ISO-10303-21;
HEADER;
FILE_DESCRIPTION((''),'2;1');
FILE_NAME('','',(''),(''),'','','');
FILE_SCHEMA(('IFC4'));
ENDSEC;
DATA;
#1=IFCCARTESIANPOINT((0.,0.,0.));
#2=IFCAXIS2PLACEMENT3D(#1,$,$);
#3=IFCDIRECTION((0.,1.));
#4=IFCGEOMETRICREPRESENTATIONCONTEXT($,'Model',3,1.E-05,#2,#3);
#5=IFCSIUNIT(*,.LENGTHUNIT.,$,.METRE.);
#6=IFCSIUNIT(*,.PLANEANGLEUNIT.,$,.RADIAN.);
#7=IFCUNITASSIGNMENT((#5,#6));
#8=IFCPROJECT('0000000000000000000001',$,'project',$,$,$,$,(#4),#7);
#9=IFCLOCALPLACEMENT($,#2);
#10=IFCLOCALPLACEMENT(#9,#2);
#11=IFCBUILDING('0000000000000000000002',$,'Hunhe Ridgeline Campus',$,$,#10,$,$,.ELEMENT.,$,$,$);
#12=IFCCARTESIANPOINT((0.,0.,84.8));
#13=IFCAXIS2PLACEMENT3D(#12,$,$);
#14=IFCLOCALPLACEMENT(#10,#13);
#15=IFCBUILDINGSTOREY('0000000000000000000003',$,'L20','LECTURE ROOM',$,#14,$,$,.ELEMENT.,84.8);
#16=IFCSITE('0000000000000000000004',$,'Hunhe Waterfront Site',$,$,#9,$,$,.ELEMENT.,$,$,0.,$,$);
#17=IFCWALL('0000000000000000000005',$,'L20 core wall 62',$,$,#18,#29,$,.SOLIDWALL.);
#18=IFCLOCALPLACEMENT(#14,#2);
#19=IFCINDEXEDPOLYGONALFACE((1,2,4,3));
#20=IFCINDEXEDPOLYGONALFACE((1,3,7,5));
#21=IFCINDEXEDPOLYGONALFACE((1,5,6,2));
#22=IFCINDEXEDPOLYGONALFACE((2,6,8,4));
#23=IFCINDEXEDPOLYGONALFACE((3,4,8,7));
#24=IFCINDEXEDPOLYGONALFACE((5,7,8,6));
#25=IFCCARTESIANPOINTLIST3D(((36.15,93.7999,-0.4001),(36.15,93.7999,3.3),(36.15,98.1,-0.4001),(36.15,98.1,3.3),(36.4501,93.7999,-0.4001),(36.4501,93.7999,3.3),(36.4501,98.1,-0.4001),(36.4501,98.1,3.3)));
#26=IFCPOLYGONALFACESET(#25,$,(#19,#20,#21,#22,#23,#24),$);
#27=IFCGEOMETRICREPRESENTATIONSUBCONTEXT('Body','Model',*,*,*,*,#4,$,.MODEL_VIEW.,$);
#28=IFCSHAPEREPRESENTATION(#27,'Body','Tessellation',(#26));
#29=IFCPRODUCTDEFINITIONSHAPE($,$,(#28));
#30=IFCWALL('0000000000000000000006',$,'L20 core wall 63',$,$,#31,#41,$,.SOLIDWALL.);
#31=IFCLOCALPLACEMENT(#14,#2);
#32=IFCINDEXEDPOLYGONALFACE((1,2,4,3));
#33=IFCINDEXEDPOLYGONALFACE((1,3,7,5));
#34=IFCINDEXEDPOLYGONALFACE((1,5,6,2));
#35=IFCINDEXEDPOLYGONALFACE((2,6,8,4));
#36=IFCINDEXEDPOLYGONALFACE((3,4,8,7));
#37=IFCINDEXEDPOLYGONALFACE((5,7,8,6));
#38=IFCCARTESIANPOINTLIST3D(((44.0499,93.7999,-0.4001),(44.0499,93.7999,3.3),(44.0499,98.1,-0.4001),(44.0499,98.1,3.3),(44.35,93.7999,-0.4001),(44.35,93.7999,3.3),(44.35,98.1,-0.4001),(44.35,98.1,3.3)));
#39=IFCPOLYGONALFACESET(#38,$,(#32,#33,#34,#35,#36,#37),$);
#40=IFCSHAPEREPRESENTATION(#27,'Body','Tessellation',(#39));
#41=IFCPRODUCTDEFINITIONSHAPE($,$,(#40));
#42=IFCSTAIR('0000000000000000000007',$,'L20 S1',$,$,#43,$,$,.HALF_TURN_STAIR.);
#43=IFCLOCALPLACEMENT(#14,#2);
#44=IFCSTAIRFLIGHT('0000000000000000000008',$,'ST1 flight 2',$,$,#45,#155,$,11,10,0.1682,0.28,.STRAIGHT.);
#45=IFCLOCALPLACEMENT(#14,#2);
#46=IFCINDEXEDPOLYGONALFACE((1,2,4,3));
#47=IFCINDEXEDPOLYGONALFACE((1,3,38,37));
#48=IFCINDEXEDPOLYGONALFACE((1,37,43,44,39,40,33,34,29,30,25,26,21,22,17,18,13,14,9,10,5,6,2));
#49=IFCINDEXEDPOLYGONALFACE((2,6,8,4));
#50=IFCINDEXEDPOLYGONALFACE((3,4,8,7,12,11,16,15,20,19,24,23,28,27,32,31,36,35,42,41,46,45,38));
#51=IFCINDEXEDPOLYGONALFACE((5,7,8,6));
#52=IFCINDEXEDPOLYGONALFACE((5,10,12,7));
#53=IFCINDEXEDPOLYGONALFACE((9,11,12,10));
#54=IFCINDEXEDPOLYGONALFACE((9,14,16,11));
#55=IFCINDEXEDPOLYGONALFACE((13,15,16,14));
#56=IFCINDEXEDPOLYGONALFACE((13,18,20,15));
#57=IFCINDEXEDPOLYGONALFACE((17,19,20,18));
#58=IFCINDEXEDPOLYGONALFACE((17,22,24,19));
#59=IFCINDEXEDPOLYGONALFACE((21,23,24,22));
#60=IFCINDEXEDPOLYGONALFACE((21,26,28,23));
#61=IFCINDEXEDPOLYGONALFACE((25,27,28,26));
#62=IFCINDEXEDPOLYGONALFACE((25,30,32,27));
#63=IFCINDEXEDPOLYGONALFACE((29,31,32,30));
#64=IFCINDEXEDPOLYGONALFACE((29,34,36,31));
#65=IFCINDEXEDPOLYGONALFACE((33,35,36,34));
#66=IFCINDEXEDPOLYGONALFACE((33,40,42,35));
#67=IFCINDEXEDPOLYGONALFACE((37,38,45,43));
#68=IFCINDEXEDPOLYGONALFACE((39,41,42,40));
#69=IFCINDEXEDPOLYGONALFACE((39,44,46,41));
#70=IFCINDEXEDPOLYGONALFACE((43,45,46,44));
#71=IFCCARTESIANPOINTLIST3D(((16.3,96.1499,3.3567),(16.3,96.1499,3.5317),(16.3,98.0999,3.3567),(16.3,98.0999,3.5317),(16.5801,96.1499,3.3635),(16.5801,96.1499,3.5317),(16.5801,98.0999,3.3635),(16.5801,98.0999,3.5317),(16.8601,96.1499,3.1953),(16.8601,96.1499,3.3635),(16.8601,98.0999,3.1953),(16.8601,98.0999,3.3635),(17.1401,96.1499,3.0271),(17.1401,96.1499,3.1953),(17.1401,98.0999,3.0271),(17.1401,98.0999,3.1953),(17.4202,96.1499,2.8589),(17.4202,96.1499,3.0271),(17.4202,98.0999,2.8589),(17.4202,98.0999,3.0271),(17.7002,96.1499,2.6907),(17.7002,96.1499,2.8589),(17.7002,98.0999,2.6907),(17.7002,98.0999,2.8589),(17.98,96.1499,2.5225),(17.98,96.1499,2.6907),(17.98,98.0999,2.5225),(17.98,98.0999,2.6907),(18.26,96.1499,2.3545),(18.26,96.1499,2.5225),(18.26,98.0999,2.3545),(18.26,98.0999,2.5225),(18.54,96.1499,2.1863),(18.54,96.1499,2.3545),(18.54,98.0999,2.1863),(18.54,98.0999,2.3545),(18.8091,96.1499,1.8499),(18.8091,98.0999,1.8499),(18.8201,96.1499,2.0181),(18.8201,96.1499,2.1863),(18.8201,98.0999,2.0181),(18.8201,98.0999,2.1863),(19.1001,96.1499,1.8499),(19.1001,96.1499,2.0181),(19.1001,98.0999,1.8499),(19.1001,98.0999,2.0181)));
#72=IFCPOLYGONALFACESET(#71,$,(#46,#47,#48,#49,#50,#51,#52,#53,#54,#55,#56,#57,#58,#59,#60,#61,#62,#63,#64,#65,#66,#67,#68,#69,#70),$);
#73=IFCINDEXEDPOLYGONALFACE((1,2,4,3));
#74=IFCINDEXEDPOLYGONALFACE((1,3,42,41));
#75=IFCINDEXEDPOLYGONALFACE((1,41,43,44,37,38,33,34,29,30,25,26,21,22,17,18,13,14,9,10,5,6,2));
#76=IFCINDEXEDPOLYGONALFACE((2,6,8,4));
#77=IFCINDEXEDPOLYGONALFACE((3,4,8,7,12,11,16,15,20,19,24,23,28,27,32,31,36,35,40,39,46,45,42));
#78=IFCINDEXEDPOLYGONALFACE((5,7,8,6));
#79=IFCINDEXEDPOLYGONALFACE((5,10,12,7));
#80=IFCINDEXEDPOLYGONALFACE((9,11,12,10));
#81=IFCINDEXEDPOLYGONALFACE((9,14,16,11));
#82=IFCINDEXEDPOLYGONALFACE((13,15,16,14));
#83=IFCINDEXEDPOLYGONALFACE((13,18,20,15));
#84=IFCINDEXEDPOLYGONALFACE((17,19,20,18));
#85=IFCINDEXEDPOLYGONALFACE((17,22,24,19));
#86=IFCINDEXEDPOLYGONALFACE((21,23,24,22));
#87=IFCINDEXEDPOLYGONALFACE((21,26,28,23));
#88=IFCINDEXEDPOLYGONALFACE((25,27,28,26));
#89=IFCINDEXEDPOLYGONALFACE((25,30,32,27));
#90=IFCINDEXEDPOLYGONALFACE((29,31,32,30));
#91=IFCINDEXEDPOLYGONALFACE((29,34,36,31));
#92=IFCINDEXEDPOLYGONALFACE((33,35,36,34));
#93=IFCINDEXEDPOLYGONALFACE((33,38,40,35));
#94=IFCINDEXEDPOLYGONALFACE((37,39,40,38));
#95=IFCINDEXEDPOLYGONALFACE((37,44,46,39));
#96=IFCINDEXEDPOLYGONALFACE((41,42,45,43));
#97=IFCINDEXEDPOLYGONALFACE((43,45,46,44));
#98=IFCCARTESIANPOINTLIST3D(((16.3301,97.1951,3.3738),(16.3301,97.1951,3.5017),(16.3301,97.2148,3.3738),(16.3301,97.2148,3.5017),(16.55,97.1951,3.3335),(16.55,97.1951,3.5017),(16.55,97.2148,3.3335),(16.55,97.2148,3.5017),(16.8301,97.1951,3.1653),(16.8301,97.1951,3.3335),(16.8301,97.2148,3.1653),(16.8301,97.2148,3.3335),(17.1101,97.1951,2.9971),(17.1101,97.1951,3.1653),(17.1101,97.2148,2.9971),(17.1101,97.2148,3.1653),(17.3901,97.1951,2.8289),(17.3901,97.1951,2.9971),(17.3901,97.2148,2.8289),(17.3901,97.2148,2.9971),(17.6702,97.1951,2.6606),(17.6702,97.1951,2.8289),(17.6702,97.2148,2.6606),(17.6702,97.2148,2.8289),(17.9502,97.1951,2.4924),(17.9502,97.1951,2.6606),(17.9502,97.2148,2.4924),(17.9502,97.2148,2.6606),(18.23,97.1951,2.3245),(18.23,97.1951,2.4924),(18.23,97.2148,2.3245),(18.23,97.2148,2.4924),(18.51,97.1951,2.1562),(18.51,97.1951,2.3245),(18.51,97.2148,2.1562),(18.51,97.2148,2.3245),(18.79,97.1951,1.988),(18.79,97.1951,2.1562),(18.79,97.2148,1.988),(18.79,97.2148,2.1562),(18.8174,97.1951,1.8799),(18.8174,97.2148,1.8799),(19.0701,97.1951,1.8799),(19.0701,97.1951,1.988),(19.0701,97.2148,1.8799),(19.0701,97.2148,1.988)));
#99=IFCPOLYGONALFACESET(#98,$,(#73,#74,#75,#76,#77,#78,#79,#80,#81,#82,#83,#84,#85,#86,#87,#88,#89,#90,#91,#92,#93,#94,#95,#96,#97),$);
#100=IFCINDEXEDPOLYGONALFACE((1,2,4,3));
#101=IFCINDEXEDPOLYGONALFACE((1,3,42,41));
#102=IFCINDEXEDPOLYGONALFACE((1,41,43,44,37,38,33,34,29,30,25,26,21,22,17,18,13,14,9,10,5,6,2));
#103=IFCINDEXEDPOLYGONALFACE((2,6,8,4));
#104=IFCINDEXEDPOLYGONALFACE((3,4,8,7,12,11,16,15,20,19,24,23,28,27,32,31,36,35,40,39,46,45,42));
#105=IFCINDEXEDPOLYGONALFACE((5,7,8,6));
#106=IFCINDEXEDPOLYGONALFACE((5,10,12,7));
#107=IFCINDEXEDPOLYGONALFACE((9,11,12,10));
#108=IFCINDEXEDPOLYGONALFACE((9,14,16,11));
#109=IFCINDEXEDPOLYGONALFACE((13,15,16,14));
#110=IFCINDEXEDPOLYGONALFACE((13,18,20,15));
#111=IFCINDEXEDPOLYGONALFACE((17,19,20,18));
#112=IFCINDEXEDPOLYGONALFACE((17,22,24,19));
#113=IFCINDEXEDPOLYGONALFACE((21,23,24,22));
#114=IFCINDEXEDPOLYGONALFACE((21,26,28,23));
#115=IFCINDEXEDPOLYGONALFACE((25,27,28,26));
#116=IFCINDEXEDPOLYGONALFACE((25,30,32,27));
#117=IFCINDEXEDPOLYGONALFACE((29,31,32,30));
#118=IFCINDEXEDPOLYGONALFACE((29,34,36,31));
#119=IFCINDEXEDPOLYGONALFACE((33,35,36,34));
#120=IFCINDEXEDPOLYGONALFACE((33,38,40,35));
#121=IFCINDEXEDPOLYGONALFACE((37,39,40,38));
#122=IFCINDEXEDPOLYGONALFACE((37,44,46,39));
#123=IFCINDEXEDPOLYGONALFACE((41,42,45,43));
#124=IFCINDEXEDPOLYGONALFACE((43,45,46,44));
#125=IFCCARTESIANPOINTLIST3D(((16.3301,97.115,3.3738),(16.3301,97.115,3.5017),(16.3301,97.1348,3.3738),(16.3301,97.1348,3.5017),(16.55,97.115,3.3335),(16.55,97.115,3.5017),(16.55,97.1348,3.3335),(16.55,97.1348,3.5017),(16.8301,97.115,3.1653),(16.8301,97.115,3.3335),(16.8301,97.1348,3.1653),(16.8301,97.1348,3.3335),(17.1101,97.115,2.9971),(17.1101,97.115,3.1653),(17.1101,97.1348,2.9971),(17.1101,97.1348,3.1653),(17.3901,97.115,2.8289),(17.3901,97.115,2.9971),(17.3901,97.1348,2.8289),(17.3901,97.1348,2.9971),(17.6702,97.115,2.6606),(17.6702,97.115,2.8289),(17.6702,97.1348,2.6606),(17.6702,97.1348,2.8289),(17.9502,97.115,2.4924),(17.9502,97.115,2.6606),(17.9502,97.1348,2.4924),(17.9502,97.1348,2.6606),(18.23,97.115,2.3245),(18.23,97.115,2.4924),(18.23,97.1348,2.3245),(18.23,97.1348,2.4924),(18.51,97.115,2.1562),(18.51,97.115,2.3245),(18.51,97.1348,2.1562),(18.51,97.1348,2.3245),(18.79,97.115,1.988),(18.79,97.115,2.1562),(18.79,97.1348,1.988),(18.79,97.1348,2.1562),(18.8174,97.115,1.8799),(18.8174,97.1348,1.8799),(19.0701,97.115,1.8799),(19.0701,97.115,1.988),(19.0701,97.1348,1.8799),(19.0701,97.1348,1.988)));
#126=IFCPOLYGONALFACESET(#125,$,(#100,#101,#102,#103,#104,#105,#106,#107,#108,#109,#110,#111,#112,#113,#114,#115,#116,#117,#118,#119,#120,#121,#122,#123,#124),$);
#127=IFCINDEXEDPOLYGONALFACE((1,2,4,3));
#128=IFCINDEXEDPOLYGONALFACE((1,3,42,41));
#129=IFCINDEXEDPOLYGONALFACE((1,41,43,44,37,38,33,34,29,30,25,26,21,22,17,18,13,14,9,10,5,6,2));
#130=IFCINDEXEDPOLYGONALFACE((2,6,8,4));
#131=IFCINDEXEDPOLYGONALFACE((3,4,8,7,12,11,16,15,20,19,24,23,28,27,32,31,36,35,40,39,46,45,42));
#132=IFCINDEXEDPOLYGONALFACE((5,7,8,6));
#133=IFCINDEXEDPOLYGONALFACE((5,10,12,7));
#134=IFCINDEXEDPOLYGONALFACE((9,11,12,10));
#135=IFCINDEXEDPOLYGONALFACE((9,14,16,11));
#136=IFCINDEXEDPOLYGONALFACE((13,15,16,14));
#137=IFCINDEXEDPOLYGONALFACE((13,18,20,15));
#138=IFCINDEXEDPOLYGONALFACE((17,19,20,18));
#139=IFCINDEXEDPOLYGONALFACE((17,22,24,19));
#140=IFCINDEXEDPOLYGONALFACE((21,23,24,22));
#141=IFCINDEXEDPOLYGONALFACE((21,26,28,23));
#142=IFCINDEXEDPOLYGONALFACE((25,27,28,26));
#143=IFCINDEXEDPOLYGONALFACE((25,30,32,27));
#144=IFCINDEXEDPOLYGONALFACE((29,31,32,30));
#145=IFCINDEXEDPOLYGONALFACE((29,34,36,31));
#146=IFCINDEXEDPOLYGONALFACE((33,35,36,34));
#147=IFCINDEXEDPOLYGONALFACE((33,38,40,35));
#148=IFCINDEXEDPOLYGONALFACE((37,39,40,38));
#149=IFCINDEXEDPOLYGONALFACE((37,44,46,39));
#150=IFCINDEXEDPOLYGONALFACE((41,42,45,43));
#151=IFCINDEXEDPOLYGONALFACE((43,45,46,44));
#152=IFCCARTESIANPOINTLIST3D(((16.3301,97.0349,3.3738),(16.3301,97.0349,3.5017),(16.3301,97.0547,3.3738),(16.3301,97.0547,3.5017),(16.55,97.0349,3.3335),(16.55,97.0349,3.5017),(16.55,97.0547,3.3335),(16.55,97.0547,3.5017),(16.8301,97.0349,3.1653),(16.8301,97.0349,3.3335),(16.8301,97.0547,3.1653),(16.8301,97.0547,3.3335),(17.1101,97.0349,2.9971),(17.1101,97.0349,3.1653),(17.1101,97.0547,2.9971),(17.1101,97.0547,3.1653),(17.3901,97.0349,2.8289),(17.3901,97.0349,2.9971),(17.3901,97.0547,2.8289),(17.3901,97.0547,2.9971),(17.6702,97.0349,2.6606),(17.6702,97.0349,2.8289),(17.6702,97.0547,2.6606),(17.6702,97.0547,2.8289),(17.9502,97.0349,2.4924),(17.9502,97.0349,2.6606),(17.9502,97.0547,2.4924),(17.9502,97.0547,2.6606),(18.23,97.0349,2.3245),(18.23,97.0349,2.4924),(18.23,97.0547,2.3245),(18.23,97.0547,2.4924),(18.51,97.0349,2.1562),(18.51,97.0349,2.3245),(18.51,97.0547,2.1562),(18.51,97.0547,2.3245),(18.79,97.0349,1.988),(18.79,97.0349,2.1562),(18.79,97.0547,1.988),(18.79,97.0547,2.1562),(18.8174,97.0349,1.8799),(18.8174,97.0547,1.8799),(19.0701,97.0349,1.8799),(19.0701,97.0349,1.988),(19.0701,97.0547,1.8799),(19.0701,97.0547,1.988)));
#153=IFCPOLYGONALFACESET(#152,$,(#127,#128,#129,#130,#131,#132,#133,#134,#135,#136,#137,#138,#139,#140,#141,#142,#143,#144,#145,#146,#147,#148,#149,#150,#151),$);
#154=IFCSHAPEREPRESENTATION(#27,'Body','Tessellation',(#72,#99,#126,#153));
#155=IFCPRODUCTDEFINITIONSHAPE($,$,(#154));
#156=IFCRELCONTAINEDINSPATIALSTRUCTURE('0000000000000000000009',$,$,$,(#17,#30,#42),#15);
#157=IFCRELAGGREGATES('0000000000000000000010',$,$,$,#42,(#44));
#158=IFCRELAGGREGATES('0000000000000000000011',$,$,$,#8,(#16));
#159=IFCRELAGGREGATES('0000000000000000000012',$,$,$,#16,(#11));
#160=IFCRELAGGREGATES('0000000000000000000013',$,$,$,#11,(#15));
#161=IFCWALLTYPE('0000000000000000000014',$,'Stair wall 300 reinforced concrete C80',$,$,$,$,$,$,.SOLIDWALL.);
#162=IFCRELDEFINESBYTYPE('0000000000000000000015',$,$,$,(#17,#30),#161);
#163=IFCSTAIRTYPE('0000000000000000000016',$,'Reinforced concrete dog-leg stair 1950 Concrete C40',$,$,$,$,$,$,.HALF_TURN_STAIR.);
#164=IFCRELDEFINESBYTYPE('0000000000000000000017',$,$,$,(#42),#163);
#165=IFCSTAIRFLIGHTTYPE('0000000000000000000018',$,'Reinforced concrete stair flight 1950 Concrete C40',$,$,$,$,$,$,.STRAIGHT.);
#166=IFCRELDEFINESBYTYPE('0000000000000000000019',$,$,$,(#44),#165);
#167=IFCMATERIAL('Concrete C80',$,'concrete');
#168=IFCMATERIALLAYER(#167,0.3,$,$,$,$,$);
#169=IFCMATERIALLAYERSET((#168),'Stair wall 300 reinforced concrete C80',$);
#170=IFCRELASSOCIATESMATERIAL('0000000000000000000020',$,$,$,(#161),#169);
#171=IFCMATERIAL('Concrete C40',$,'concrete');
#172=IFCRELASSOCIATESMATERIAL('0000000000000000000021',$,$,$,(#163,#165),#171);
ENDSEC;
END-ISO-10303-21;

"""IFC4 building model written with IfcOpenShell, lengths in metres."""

from ifc_helpers import new_model, si_unit, direction, frame, frame_2d, origin, place, context, subcontext, project, spatial, polyline, rectangle, outline, extrude, material, layer, layer_set, type_object, element, aggregate, save


model = new_model("IFC4")

# Units and contexts
model_context = context("Model", 3, precision=1e-05, world=origin(), true_north=direction((0.0, 1.0)))
body_context = subcontext(model_context, "Body", "Model", "MODEL_VIEW")
ifc_project = project(units=[si_unit("LENGTHUNIT", "METRE"), si_unit("PLANEANGLEUNIT", "RADIAN")], contexts=[model_context])

# Site, building, storey
site_placement = place(None, origin())
site = spatial("IfcSite", under=ifc_project, at=site_placement, Name="Hunhe Waterfront Site", CompositionType="ELEMENT", RefElevation=0.0)
building_placement = place(site_placement, origin())
building = spatial("IfcBuilding", under=site, at=building_placement, Name="Hunhe Ridgeline Campus", CompositionType="ELEMENT")
storey_placement = place(building_placement, frame((0.0, 0.0, 84.8)))
storey = spatial("IfcBuildingStorey", under=building, at=storey_placement, Name="L20", Description="LECTURE ROOM", CompositionType="ELEMENT", Elevation=84.8)

# Shared definitions
ifc_material_1 = material(Name="Concrete C80", Category="concrete")

# Shared definitions
ifc_layer_1 = layer(ifc_material_1, 0.3)
ifc_layer_set_1 = layer_set([ifc_layer_1], Name="Stair wall 300 reinforced concrete C80")
wall_type_1 = type_object("IfcWallType", Name="Stair wall 300 reinforced concrete C80", PredefinedType="SOLIDWALL", material=ifc_layer_set_1)

# Walls
for number, where, z_axis, x_axis, name in (
    (1, (36.3, 93.8, -0.4001), (0.0, 0.0, 1.0), (0.0, 1.0, 0.0), "L20 core wall 62"),
    (2, (44.2, 93.8, -0.4001), (0.0, 0.0, 1.0), (0.0, 1.0, 0.0), "L20 core wall 63"),
):
    element("IfcWall", number, at=place(storey_placement, frame(where, z_axis=z_axis, x_axis=x_axis)), inside=storey, type_object=wall_type_1, Name=name, PredefinedType="SOLIDWALL", context=body_context, shape_type="SweptSolid", body=[
        extrude(rectangle(XDim=4.3, YDim=0.3, at=frame_2d((2.1499, 0.0))), origin(), (0.0, 0.0, 1.0), 3.7002),
    ])

# Stair, stair flight
ifc_material_2 = material(Name="Concrete C40", Category="concrete")
stair_type = type_object("IfcStairType", Name="Reinforced concrete dog-leg stair 1950 Concrete C40", PredefinedType="HALF_TURN_STAIR", material=ifc_material_2)
stair_1_placement = place(storey_placement, origin())
stair_1 = element("IfcStair", 3, at=stair_1_placement, inside=storey, type_object=stair_type, Name="L20 S1", PredefinedType="HALF_TURN_STAIR")
stair_flight_type = type_object("IfcStairFlightType", Name="Reinforced concrete stair flight 1950 Concrete C40", PredefinedType="STRAIGHT", material=ifc_material_2)
stair_flight_1_placement = place(storey_placement, frame((19.1001, 97.125, 1.8499), z_axis=(0.0, 0.0, 1.0), x_axis=(-1.0, 0.0, 0.0)))
stair_flight_1 = element("IfcStairFlight", 4, at=stair_flight_1_placement, type_object=stair_flight_type, Name="ST1 flight 2", NumberOfRisers=11, NumberOfTreads=10, PredefinedType="STRAIGHT", RiserHeight=0.1682, TreadLength=0.28, context=body_context, shape_type="SweptSolid", body=[
    extrude(outline(polyline([(0.0, 0.0), (0.0, 0.1682), (0.28, 0.1682), (0.28, 0.3364), (0.5601, 0.3364), (0.5601, 0.5046), (0.8401, 0.5046), (0.8401, 0.6726), (1.1201, 0.6726), (1.1201, 0.8408), (1.3999, 0.8408), (1.3999, 1.009), (1.6799, 1.009), (1.6799, 1.1772), (1.96, 1.1772), (1.96, 1.3455), (2.24, 1.3455), (2.24, 1.5137), (2.52, 1.5137), (2.52, 1.6819), (2.8, 1.6819), (2.8, 1.8501), (2.8, 1.5068), (0.291, 0.0), (0.0, 0.0)])), frame((0.0, 0.9751, 0.0), z_axis=(0.0, -1.0, 0.0), x_axis=(1.0, 0.0, 0.0)), (0.0, 0.0, 1.0), 1.95),
    extrude(outline(polyline([(0.03, 0.03), (0.03, 0.1382), (0.3101, 0.1382), (0.3101, 0.3064), (0.5901, 0.3064), (0.5901, 0.4746), (0.8701, 0.4746), (0.8701, 0.6426), (1.1499, 0.6426), (1.1499, 0.8108), (1.4299, 0.8108), (1.4299, 0.979), (1.71, 0.979), (1.71, 1.1472), (1.99, 1.1472), (1.99, 1.3154), (2.27, 1.3154), (2.27, 1.4836), (2.55, 1.4836), (2.55, 1.6519), (2.77, 1.6519), (2.77, 1.5239), (0.2827, 0.03), (0.03, 0.03)])), frame((0.0, -0.0701, 0.0), z_axis=(0.0, -1.0, 0.0), x_axis=(1.0, 0.0, 0.0)), (0.0, 0.0, 1.0), 0.0198),
    extrude(outline(polyline([(0.03, 0.03), (0.03, 0.1382), (0.3101, 0.1382), (0.3101, 0.3064), (0.5901, 0.3064), (0.5901, 0.4746), (0.8701, 0.4746), (0.8701, 0.6426), (1.1499, 0.6426), (1.1499, 0.8108), (1.4299, 0.8108), (1.4299, 0.979), (1.71, 0.979), (1.71, 1.1472), (1.99, 1.1472), (1.99, 1.3154), (2.27, 1.3154), (2.27, 1.4836), (2.55, 1.4836), (2.55, 1.6519), (2.77, 1.6519), (2.77, 1.5239), (0.2827, 0.03), (0.03, 0.03)])), frame((0.0, 0.01, 0.0), z_axis=(0.0, -1.0, 0.0), x_axis=(1.0, 0.0, 0.0)), (0.0, 0.0, 1.0), 0.0198),
    extrude(outline(polyline([(0.03, 0.03), (0.03, 0.1382), (0.3101, 0.1382), (0.3101, 0.3064), (0.5901, 0.3064), (0.5901, 0.4746), (0.8701, 0.4746), (0.8701, 0.6426), (1.1499, 0.6426), (1.1499, 0.8108), (1.4299, 0.8108), (1.4299, 0.979), (1.71, 0.979), (1.71, 1.1472), (1.99, 1.1472), (1.99, 1.3154), (2.27, 1.3154), (2.27, 1.4836), (2.55, 1.4836), (2.55, 1.6519), (2.77, 1.6519), (2.77, 1.5239), (0.2827, 0.03), (0.03, 0.03)])), frame((0.0, 0.0901, 0.0), z_axis=(0.0, -1.0, 0.0), x_axis=(1.0, 0.0, 0.0)), (0.0, 0.0, 1.0), 0.0198),
])
aggregate(stair_1, [stair_flight_1])

save(model, "model.ifc")
